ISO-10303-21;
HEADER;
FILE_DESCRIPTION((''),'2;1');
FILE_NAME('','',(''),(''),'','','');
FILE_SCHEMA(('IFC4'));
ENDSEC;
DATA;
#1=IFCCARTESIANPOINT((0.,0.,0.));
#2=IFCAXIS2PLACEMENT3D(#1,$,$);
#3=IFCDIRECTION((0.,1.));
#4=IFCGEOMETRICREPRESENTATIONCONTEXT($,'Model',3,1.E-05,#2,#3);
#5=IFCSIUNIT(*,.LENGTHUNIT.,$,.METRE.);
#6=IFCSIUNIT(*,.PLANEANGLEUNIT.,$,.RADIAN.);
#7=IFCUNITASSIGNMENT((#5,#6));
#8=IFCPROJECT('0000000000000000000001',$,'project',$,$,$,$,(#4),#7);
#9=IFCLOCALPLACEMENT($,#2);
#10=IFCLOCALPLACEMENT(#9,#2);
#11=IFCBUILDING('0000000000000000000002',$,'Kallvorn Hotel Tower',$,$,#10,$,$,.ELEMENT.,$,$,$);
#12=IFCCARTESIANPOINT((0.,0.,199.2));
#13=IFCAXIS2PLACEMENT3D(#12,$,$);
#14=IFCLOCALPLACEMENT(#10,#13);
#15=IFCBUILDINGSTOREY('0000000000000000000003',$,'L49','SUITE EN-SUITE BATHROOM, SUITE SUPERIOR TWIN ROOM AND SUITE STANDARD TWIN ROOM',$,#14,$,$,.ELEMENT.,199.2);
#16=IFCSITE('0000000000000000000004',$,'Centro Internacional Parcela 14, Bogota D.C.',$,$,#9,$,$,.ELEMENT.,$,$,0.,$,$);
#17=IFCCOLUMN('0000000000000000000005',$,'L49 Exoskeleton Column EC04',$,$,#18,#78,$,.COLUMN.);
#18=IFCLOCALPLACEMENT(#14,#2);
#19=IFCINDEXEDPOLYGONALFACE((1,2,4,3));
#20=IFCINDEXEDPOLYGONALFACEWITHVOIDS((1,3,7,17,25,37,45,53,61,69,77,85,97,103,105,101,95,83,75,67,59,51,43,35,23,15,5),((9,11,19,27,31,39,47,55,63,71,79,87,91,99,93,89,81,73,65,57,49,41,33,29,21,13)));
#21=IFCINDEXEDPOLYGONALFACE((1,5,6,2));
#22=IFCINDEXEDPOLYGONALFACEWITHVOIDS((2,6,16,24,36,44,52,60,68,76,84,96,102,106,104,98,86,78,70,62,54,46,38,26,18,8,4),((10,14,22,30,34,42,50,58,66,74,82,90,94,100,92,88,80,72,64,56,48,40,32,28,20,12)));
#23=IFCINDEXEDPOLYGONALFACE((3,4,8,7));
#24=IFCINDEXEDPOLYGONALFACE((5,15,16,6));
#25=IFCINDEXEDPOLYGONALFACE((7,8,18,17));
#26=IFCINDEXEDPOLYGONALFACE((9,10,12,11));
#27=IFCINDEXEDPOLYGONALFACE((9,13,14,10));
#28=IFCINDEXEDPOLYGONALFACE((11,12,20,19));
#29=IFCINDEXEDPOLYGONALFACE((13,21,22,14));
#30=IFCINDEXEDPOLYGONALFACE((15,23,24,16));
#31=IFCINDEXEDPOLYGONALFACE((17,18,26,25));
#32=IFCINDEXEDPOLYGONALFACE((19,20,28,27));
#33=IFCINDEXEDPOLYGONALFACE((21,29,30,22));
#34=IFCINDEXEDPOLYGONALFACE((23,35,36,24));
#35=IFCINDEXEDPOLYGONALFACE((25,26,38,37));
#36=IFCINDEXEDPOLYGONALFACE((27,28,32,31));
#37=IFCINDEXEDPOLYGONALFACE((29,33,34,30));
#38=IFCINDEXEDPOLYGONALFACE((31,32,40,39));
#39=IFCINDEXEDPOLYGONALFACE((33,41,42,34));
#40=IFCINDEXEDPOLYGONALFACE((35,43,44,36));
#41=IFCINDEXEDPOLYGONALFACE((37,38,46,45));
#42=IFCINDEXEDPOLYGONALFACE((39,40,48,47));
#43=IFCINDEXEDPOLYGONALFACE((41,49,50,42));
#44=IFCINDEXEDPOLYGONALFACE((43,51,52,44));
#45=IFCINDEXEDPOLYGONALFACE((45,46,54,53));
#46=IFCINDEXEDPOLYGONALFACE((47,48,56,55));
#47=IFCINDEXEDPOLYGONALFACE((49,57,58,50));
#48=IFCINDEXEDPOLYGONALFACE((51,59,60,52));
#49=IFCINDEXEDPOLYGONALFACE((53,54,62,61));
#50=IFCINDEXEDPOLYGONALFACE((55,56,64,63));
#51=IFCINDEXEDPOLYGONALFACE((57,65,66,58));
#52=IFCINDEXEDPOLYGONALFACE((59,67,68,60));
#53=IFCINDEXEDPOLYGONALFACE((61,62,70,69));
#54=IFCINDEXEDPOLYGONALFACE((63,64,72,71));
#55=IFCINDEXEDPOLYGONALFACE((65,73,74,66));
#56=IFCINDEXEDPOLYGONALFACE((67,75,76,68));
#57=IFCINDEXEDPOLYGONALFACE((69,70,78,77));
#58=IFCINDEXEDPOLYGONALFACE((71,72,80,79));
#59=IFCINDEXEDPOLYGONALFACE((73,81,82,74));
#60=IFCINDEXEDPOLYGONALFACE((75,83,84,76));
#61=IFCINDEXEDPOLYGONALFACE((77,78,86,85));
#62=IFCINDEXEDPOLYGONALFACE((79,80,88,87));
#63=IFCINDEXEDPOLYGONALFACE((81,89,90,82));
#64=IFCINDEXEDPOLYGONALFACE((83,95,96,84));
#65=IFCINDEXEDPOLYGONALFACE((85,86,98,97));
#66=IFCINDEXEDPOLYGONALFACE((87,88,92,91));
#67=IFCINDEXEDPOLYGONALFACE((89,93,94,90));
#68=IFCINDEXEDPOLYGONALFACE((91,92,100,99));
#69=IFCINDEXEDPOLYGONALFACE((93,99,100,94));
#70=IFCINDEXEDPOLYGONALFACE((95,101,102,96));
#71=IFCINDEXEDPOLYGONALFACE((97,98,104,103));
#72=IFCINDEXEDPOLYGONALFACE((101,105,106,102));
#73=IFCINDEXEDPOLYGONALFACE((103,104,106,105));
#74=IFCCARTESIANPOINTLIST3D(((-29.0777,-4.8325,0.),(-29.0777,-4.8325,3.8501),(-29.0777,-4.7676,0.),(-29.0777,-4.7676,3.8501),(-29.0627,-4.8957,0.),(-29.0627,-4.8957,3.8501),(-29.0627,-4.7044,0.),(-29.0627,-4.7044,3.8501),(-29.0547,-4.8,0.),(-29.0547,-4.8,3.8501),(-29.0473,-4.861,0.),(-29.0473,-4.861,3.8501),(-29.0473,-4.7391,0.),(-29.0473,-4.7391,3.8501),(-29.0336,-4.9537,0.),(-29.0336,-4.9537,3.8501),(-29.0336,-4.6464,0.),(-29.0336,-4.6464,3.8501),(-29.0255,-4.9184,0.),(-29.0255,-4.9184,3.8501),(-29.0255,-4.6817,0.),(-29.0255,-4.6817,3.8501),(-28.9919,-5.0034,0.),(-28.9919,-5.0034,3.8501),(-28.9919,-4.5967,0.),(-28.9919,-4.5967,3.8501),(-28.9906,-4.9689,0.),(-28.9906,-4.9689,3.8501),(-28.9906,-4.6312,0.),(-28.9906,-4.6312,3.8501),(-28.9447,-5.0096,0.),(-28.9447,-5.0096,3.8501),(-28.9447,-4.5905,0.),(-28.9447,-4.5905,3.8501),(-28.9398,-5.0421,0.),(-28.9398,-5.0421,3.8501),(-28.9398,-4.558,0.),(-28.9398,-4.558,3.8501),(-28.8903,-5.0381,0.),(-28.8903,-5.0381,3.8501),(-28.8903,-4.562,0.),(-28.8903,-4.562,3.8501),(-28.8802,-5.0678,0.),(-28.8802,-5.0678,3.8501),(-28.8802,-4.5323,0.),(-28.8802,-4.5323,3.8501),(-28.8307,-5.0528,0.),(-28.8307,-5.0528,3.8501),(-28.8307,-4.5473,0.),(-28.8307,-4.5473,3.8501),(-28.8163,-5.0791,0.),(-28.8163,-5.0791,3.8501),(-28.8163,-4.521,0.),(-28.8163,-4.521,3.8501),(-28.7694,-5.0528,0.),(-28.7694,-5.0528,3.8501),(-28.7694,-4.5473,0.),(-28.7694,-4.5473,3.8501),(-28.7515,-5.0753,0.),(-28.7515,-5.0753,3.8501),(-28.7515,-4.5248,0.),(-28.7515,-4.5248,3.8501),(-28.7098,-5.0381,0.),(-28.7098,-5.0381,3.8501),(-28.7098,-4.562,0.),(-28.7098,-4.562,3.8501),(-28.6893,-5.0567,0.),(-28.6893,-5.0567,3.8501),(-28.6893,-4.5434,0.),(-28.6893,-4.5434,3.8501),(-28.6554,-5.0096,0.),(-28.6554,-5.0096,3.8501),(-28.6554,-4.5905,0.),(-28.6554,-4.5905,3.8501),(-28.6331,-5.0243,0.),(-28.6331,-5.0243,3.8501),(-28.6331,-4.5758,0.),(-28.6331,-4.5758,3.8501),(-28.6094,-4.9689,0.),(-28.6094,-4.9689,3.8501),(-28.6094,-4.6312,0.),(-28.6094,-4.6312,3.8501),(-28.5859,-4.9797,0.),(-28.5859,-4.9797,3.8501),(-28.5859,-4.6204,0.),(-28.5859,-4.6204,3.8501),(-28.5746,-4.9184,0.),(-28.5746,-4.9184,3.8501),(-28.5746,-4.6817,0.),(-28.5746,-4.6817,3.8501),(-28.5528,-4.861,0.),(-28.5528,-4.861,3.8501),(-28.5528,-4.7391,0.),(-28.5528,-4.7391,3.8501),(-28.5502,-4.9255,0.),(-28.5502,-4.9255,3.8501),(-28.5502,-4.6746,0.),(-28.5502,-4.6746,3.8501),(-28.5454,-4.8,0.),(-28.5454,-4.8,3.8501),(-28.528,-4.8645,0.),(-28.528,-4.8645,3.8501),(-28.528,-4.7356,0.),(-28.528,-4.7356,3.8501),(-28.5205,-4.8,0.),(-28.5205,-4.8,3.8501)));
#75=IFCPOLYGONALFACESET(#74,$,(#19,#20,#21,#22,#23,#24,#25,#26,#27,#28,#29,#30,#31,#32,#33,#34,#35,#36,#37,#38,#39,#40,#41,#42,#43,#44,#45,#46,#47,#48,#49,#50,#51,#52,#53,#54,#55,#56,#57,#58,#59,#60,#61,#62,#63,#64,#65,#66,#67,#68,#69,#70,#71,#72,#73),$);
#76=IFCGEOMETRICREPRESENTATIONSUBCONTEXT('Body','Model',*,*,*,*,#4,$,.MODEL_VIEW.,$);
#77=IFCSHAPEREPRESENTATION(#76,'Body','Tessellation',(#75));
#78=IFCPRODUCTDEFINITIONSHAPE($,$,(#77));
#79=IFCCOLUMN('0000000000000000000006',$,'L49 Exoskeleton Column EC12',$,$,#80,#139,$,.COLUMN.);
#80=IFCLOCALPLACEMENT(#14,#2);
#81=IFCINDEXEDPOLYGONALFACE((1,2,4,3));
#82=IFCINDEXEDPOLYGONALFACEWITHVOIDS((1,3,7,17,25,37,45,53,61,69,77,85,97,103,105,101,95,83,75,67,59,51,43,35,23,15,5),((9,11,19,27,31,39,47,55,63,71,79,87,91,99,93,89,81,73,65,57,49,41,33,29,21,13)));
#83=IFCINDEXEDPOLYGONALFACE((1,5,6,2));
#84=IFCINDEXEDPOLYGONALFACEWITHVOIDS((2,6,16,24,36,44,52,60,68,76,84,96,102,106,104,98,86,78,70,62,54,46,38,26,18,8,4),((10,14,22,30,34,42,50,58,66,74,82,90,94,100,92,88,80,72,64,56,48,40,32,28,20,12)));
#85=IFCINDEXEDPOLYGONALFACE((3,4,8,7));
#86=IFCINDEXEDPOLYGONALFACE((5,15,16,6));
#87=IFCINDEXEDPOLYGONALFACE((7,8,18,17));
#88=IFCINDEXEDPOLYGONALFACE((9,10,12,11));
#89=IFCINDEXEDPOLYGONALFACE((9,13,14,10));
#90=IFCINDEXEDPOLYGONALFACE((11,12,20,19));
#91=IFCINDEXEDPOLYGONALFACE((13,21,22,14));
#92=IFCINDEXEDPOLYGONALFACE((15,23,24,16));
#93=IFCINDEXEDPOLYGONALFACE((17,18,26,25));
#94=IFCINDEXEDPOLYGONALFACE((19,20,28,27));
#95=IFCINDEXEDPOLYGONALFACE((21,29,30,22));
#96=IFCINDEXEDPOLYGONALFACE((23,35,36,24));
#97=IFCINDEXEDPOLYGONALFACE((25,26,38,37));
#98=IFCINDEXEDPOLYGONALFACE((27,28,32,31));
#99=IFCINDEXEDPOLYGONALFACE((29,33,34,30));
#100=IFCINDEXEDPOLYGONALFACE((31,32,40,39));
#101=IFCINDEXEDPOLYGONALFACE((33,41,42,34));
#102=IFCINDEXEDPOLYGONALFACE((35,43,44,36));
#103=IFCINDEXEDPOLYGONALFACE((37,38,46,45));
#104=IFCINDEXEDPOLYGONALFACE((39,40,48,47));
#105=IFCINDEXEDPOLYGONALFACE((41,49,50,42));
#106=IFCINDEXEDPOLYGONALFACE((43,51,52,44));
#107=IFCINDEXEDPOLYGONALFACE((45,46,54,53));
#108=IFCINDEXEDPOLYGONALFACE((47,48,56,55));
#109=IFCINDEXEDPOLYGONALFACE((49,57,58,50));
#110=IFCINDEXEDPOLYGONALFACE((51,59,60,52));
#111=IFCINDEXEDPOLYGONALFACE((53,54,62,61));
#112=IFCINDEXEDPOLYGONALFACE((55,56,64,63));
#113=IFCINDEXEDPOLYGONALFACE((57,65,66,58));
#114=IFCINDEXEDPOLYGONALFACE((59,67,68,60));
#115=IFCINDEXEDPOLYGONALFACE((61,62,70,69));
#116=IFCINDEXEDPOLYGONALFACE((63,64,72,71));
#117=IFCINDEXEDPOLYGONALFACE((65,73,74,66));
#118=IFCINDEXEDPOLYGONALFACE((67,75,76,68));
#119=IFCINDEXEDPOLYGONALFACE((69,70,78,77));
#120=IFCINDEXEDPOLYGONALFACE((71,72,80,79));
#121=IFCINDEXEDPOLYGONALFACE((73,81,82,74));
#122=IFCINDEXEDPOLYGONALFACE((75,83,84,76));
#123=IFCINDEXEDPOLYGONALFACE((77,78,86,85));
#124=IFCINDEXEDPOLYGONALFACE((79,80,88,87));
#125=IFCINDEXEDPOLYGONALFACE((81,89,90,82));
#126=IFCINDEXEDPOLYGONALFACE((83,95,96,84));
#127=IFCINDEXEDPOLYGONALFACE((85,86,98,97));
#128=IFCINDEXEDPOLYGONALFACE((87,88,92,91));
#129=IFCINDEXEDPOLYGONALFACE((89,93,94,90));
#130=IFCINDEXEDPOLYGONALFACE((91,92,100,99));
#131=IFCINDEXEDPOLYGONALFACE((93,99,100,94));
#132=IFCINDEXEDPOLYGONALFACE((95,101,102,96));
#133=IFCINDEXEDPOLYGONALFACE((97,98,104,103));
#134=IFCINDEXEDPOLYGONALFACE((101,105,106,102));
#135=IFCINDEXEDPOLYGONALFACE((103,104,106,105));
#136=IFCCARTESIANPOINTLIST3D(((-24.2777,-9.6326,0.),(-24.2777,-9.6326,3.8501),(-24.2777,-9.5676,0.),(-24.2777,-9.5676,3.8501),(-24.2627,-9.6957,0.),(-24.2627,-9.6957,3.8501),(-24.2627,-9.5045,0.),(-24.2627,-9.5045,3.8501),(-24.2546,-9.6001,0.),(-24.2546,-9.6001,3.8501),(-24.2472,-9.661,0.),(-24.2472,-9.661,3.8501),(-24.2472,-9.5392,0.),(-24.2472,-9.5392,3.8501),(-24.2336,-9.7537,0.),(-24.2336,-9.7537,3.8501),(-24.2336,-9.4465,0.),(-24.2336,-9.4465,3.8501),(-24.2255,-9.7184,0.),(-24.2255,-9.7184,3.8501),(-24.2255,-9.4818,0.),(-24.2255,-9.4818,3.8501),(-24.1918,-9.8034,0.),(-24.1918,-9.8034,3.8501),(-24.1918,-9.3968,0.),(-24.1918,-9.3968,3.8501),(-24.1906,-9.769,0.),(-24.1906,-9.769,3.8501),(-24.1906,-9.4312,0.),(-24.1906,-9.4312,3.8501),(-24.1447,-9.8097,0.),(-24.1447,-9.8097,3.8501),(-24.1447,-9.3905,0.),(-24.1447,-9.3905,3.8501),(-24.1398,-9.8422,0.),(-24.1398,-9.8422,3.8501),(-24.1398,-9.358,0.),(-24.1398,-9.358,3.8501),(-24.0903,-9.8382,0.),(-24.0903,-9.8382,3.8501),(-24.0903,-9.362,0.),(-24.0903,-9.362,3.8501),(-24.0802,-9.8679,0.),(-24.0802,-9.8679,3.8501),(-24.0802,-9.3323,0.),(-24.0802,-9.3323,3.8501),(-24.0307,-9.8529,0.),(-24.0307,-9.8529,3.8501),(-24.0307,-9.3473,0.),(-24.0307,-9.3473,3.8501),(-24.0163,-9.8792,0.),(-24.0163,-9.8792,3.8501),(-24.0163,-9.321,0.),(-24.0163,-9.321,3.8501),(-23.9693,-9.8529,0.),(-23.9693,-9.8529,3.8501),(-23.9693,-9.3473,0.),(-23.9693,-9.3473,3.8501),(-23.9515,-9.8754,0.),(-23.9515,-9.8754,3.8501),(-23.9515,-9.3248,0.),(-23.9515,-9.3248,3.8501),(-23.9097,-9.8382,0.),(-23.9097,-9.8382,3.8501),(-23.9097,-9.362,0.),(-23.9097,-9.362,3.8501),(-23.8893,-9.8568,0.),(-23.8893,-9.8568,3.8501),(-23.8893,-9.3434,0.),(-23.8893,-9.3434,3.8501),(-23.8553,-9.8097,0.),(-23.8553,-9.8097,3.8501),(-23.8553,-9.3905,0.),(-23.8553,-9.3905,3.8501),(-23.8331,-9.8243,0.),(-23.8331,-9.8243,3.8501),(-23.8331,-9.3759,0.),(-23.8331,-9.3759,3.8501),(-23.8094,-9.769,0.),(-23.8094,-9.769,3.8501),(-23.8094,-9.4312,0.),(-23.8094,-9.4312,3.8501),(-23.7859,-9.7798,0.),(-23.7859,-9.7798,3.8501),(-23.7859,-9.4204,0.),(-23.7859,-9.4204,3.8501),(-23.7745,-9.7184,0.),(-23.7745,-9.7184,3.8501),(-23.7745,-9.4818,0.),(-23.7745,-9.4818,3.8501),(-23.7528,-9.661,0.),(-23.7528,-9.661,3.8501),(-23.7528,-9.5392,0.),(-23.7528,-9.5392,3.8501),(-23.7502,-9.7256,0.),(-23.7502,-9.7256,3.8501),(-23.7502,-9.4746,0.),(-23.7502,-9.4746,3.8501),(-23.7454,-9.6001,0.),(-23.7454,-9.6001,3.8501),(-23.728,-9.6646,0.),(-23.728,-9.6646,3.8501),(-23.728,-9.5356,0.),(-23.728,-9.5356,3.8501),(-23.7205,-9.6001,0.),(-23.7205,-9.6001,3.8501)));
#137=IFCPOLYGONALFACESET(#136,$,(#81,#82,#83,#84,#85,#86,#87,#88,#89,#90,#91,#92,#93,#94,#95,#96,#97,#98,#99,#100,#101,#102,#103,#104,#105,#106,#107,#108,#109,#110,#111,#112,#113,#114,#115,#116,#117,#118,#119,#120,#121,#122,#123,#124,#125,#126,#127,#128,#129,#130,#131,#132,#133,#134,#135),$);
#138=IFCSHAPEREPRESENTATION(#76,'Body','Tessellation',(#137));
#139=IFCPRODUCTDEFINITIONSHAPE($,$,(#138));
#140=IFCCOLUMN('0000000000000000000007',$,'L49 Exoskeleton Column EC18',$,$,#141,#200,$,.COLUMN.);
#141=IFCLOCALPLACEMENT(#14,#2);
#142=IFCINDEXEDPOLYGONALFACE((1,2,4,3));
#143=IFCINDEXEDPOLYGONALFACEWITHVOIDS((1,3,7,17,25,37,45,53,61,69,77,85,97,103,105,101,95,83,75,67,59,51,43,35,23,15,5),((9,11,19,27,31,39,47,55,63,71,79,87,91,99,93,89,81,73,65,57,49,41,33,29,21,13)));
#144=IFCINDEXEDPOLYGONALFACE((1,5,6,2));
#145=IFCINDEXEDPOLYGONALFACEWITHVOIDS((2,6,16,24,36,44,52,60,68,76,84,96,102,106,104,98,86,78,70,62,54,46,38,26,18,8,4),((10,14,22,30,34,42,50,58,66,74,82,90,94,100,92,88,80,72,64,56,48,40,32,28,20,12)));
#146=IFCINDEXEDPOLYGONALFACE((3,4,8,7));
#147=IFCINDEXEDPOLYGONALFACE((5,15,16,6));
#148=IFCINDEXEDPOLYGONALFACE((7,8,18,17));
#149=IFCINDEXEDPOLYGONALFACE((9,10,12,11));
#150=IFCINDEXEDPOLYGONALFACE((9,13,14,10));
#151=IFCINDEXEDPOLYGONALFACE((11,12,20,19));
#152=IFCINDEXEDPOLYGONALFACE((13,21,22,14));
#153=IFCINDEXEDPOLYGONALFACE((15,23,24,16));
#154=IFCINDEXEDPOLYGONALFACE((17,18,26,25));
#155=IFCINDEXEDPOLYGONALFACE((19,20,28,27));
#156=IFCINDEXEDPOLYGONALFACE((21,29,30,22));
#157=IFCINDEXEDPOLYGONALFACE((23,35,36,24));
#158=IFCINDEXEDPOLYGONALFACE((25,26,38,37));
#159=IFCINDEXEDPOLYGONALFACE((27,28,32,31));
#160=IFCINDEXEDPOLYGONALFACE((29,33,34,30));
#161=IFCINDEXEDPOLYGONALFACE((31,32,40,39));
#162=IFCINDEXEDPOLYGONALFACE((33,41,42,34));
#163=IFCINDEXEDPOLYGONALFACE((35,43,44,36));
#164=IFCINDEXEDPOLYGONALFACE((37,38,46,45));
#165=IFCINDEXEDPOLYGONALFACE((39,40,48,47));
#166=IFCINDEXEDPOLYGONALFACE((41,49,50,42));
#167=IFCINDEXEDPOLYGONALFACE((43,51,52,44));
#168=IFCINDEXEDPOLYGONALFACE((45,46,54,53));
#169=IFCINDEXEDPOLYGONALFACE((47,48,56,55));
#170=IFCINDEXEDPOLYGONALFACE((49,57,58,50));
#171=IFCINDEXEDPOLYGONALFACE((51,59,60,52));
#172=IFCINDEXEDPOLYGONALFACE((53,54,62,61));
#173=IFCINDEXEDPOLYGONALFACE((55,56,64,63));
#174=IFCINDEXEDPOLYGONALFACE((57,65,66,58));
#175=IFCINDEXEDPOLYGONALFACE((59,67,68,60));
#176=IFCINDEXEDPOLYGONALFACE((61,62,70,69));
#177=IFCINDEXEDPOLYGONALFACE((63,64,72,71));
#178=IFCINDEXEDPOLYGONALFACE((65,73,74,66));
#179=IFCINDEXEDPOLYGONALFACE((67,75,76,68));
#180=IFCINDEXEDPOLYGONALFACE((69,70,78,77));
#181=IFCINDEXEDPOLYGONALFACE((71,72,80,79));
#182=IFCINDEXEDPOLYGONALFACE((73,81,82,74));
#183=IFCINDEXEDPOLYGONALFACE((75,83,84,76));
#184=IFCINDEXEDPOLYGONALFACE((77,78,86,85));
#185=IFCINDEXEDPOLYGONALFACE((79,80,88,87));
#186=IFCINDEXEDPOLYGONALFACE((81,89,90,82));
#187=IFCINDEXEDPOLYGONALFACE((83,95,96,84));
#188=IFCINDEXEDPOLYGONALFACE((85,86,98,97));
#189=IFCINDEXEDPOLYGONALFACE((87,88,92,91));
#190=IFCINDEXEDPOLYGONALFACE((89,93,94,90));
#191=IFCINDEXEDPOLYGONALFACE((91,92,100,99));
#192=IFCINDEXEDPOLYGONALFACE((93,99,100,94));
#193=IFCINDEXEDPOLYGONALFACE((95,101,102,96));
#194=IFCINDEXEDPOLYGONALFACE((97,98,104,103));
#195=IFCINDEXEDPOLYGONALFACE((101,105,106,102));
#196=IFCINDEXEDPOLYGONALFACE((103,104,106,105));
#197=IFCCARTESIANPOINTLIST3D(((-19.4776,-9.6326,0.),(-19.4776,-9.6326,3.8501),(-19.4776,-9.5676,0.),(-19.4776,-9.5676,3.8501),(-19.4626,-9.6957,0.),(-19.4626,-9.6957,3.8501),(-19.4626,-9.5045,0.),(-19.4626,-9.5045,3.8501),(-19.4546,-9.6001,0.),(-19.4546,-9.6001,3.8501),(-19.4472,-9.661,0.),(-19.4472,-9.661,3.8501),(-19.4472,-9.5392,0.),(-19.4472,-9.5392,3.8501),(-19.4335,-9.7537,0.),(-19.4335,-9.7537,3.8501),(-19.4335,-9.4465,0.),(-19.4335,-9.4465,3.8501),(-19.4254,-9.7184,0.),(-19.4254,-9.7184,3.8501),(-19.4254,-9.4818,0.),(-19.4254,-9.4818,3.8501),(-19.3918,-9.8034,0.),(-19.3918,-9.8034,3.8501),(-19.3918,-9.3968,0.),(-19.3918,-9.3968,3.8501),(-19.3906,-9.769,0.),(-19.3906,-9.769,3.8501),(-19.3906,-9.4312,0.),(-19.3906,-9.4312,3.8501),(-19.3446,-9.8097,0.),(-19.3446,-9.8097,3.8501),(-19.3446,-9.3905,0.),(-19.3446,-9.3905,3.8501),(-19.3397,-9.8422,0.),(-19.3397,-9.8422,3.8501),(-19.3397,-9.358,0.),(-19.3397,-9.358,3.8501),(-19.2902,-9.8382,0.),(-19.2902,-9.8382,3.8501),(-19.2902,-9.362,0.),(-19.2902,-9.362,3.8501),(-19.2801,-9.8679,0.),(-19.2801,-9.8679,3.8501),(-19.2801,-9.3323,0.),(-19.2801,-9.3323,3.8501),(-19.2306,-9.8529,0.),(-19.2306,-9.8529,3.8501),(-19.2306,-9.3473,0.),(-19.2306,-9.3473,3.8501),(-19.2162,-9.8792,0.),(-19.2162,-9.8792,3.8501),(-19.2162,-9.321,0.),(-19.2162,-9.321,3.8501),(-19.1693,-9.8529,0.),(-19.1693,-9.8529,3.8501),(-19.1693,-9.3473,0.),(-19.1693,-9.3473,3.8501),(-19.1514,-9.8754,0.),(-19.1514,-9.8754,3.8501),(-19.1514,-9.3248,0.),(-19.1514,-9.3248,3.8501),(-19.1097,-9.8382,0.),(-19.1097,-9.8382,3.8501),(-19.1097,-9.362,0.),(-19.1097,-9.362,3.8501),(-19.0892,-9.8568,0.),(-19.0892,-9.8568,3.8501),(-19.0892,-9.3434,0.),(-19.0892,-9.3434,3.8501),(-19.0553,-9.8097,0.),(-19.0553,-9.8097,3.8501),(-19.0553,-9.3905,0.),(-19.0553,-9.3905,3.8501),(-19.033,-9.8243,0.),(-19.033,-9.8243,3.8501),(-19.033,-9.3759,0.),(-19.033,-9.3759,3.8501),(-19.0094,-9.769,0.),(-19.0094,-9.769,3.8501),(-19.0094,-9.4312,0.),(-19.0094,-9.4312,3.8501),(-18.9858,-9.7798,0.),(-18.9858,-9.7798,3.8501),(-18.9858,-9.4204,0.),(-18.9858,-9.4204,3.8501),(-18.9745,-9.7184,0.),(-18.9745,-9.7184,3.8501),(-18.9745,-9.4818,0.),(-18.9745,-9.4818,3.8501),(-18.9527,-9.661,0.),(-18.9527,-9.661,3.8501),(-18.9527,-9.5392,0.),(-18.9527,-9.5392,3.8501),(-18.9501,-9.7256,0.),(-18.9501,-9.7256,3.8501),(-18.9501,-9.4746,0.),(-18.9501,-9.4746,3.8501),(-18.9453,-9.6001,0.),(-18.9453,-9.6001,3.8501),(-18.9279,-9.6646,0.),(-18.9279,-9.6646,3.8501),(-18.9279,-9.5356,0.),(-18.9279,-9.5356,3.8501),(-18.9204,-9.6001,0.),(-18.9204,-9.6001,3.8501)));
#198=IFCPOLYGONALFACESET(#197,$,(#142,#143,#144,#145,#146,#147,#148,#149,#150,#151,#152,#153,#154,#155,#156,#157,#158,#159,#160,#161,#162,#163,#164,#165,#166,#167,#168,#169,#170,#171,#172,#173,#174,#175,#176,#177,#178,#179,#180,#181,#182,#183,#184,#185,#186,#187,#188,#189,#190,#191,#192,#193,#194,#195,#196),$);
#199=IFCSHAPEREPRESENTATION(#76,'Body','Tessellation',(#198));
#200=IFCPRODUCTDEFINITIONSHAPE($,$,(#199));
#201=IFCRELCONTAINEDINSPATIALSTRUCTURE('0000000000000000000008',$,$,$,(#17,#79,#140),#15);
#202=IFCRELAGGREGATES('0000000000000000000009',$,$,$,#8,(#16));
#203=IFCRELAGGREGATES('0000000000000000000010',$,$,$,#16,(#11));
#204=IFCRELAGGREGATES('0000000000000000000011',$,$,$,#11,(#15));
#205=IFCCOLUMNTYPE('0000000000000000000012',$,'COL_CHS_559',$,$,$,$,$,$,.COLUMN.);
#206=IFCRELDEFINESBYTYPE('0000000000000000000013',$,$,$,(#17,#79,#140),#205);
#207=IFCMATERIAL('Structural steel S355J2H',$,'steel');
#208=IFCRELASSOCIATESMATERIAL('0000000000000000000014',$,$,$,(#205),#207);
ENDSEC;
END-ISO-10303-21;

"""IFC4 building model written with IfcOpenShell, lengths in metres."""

from ifc_helpers import new_model, si_unit, direction, frame, origin, origin_2d, place, context, subcontext, project, spatial, hollow_circle, extrude, material, material_profile, profile_set, type_object, element, save


model = new_model("IFC4")

# Units and contexts
model_context = context("Model", 3, precision=1e-05, world=origin(), true_north=direction((0.0, 1.0)))
body_context = subcontext(model_context, "Body", "Model", "MODEL_VIEW")
ifc_project = project(units=[si_unit("LENGTHUNIT", "METRE"), si_unit("PLANEANGLEUNIT", "RADIAN")], contexts=[model_context])

# Site, building, storey
site_placement = place(None, origin())
site = spatial("IfcSite", under=ifc_project, at=site_placement, Name="Centro Internacional Parcela 14, Bogota D.C.", CompositionType="ELEMENT", RefElevation=0.0)
building_placement = place(site_placement, origin())
building = spatial("IfcBuilding", under=site, at=building_placement, Name="Kallvorn Hotel Tower", CompositionType="ELEMENT")
storey_placement = place(building_placement, frame((0.0, 0.0, 199.2)))
storey = spatial("IfcBuildingStorey", under=building, at=storey_placement, Name="L49", Description="SUITE EN-SUITE BATHROOM, SUITE SUPERIOR TWIN ROOM AND SUITE STANDARD TWIN ROOM", CompositionType="ELEMENT", Elevation=199.2)

# Columns
ifc_material_1 = material(Name="Structural steel S355J2H", Category="steel")
ifc_material_profile_1 = material_profile(ifc_material_1, hollow_circle(Radius=0.2795, WallThickness=0.0249, at=origin_2d()), Name="CHS 559x25")
ifc_profile_set_1 = profile_set([ifc_material_profile_1], Name="Structural steel S355J2H")
column_type_1 = type_object("IfcColumnType", Name="COL_CHS_559", PredefinedType="COLUMN", material=ifc_profile_set_1)
for number, where, z_axis, x_axis, name in (
    (1, (-28.8, -4.8, 0.0), (0.0, 0.0, 1.0), (1.0, 0.0, 0.0), "L49 Exoskeleton Column EC04"),
    (2, (-24.0, -9.6001, 0.0), (0.0, 0.0, 1.0), (1.0, 0.0, 0.0), "L49 Exoskeleton Column EC12"),
    (3, (-19.2, -9.6001, 0.0), (0.0, 0.0, 1.0), (1.0, 0.0, 0.0), "L49 Exoskeleton Column EC18"),
):
    element("IfcColumn", number, at=place(storey_placement, frame(where, z_axis=z_axis, x_axis=x_axis)), inside=storey, type_object=column_type_1, Name=name, PredefinedType="COLUMN", context=body_context, shape_type="SweptSolid", body=[
        extrude(hollow_circle(Radius=0.2795, WallThickness=0.0249, at=origin_2d()), origin(), (0.0, 0.0, 1.0), 3.8501),
    ])

save(model, "model.ifc")
